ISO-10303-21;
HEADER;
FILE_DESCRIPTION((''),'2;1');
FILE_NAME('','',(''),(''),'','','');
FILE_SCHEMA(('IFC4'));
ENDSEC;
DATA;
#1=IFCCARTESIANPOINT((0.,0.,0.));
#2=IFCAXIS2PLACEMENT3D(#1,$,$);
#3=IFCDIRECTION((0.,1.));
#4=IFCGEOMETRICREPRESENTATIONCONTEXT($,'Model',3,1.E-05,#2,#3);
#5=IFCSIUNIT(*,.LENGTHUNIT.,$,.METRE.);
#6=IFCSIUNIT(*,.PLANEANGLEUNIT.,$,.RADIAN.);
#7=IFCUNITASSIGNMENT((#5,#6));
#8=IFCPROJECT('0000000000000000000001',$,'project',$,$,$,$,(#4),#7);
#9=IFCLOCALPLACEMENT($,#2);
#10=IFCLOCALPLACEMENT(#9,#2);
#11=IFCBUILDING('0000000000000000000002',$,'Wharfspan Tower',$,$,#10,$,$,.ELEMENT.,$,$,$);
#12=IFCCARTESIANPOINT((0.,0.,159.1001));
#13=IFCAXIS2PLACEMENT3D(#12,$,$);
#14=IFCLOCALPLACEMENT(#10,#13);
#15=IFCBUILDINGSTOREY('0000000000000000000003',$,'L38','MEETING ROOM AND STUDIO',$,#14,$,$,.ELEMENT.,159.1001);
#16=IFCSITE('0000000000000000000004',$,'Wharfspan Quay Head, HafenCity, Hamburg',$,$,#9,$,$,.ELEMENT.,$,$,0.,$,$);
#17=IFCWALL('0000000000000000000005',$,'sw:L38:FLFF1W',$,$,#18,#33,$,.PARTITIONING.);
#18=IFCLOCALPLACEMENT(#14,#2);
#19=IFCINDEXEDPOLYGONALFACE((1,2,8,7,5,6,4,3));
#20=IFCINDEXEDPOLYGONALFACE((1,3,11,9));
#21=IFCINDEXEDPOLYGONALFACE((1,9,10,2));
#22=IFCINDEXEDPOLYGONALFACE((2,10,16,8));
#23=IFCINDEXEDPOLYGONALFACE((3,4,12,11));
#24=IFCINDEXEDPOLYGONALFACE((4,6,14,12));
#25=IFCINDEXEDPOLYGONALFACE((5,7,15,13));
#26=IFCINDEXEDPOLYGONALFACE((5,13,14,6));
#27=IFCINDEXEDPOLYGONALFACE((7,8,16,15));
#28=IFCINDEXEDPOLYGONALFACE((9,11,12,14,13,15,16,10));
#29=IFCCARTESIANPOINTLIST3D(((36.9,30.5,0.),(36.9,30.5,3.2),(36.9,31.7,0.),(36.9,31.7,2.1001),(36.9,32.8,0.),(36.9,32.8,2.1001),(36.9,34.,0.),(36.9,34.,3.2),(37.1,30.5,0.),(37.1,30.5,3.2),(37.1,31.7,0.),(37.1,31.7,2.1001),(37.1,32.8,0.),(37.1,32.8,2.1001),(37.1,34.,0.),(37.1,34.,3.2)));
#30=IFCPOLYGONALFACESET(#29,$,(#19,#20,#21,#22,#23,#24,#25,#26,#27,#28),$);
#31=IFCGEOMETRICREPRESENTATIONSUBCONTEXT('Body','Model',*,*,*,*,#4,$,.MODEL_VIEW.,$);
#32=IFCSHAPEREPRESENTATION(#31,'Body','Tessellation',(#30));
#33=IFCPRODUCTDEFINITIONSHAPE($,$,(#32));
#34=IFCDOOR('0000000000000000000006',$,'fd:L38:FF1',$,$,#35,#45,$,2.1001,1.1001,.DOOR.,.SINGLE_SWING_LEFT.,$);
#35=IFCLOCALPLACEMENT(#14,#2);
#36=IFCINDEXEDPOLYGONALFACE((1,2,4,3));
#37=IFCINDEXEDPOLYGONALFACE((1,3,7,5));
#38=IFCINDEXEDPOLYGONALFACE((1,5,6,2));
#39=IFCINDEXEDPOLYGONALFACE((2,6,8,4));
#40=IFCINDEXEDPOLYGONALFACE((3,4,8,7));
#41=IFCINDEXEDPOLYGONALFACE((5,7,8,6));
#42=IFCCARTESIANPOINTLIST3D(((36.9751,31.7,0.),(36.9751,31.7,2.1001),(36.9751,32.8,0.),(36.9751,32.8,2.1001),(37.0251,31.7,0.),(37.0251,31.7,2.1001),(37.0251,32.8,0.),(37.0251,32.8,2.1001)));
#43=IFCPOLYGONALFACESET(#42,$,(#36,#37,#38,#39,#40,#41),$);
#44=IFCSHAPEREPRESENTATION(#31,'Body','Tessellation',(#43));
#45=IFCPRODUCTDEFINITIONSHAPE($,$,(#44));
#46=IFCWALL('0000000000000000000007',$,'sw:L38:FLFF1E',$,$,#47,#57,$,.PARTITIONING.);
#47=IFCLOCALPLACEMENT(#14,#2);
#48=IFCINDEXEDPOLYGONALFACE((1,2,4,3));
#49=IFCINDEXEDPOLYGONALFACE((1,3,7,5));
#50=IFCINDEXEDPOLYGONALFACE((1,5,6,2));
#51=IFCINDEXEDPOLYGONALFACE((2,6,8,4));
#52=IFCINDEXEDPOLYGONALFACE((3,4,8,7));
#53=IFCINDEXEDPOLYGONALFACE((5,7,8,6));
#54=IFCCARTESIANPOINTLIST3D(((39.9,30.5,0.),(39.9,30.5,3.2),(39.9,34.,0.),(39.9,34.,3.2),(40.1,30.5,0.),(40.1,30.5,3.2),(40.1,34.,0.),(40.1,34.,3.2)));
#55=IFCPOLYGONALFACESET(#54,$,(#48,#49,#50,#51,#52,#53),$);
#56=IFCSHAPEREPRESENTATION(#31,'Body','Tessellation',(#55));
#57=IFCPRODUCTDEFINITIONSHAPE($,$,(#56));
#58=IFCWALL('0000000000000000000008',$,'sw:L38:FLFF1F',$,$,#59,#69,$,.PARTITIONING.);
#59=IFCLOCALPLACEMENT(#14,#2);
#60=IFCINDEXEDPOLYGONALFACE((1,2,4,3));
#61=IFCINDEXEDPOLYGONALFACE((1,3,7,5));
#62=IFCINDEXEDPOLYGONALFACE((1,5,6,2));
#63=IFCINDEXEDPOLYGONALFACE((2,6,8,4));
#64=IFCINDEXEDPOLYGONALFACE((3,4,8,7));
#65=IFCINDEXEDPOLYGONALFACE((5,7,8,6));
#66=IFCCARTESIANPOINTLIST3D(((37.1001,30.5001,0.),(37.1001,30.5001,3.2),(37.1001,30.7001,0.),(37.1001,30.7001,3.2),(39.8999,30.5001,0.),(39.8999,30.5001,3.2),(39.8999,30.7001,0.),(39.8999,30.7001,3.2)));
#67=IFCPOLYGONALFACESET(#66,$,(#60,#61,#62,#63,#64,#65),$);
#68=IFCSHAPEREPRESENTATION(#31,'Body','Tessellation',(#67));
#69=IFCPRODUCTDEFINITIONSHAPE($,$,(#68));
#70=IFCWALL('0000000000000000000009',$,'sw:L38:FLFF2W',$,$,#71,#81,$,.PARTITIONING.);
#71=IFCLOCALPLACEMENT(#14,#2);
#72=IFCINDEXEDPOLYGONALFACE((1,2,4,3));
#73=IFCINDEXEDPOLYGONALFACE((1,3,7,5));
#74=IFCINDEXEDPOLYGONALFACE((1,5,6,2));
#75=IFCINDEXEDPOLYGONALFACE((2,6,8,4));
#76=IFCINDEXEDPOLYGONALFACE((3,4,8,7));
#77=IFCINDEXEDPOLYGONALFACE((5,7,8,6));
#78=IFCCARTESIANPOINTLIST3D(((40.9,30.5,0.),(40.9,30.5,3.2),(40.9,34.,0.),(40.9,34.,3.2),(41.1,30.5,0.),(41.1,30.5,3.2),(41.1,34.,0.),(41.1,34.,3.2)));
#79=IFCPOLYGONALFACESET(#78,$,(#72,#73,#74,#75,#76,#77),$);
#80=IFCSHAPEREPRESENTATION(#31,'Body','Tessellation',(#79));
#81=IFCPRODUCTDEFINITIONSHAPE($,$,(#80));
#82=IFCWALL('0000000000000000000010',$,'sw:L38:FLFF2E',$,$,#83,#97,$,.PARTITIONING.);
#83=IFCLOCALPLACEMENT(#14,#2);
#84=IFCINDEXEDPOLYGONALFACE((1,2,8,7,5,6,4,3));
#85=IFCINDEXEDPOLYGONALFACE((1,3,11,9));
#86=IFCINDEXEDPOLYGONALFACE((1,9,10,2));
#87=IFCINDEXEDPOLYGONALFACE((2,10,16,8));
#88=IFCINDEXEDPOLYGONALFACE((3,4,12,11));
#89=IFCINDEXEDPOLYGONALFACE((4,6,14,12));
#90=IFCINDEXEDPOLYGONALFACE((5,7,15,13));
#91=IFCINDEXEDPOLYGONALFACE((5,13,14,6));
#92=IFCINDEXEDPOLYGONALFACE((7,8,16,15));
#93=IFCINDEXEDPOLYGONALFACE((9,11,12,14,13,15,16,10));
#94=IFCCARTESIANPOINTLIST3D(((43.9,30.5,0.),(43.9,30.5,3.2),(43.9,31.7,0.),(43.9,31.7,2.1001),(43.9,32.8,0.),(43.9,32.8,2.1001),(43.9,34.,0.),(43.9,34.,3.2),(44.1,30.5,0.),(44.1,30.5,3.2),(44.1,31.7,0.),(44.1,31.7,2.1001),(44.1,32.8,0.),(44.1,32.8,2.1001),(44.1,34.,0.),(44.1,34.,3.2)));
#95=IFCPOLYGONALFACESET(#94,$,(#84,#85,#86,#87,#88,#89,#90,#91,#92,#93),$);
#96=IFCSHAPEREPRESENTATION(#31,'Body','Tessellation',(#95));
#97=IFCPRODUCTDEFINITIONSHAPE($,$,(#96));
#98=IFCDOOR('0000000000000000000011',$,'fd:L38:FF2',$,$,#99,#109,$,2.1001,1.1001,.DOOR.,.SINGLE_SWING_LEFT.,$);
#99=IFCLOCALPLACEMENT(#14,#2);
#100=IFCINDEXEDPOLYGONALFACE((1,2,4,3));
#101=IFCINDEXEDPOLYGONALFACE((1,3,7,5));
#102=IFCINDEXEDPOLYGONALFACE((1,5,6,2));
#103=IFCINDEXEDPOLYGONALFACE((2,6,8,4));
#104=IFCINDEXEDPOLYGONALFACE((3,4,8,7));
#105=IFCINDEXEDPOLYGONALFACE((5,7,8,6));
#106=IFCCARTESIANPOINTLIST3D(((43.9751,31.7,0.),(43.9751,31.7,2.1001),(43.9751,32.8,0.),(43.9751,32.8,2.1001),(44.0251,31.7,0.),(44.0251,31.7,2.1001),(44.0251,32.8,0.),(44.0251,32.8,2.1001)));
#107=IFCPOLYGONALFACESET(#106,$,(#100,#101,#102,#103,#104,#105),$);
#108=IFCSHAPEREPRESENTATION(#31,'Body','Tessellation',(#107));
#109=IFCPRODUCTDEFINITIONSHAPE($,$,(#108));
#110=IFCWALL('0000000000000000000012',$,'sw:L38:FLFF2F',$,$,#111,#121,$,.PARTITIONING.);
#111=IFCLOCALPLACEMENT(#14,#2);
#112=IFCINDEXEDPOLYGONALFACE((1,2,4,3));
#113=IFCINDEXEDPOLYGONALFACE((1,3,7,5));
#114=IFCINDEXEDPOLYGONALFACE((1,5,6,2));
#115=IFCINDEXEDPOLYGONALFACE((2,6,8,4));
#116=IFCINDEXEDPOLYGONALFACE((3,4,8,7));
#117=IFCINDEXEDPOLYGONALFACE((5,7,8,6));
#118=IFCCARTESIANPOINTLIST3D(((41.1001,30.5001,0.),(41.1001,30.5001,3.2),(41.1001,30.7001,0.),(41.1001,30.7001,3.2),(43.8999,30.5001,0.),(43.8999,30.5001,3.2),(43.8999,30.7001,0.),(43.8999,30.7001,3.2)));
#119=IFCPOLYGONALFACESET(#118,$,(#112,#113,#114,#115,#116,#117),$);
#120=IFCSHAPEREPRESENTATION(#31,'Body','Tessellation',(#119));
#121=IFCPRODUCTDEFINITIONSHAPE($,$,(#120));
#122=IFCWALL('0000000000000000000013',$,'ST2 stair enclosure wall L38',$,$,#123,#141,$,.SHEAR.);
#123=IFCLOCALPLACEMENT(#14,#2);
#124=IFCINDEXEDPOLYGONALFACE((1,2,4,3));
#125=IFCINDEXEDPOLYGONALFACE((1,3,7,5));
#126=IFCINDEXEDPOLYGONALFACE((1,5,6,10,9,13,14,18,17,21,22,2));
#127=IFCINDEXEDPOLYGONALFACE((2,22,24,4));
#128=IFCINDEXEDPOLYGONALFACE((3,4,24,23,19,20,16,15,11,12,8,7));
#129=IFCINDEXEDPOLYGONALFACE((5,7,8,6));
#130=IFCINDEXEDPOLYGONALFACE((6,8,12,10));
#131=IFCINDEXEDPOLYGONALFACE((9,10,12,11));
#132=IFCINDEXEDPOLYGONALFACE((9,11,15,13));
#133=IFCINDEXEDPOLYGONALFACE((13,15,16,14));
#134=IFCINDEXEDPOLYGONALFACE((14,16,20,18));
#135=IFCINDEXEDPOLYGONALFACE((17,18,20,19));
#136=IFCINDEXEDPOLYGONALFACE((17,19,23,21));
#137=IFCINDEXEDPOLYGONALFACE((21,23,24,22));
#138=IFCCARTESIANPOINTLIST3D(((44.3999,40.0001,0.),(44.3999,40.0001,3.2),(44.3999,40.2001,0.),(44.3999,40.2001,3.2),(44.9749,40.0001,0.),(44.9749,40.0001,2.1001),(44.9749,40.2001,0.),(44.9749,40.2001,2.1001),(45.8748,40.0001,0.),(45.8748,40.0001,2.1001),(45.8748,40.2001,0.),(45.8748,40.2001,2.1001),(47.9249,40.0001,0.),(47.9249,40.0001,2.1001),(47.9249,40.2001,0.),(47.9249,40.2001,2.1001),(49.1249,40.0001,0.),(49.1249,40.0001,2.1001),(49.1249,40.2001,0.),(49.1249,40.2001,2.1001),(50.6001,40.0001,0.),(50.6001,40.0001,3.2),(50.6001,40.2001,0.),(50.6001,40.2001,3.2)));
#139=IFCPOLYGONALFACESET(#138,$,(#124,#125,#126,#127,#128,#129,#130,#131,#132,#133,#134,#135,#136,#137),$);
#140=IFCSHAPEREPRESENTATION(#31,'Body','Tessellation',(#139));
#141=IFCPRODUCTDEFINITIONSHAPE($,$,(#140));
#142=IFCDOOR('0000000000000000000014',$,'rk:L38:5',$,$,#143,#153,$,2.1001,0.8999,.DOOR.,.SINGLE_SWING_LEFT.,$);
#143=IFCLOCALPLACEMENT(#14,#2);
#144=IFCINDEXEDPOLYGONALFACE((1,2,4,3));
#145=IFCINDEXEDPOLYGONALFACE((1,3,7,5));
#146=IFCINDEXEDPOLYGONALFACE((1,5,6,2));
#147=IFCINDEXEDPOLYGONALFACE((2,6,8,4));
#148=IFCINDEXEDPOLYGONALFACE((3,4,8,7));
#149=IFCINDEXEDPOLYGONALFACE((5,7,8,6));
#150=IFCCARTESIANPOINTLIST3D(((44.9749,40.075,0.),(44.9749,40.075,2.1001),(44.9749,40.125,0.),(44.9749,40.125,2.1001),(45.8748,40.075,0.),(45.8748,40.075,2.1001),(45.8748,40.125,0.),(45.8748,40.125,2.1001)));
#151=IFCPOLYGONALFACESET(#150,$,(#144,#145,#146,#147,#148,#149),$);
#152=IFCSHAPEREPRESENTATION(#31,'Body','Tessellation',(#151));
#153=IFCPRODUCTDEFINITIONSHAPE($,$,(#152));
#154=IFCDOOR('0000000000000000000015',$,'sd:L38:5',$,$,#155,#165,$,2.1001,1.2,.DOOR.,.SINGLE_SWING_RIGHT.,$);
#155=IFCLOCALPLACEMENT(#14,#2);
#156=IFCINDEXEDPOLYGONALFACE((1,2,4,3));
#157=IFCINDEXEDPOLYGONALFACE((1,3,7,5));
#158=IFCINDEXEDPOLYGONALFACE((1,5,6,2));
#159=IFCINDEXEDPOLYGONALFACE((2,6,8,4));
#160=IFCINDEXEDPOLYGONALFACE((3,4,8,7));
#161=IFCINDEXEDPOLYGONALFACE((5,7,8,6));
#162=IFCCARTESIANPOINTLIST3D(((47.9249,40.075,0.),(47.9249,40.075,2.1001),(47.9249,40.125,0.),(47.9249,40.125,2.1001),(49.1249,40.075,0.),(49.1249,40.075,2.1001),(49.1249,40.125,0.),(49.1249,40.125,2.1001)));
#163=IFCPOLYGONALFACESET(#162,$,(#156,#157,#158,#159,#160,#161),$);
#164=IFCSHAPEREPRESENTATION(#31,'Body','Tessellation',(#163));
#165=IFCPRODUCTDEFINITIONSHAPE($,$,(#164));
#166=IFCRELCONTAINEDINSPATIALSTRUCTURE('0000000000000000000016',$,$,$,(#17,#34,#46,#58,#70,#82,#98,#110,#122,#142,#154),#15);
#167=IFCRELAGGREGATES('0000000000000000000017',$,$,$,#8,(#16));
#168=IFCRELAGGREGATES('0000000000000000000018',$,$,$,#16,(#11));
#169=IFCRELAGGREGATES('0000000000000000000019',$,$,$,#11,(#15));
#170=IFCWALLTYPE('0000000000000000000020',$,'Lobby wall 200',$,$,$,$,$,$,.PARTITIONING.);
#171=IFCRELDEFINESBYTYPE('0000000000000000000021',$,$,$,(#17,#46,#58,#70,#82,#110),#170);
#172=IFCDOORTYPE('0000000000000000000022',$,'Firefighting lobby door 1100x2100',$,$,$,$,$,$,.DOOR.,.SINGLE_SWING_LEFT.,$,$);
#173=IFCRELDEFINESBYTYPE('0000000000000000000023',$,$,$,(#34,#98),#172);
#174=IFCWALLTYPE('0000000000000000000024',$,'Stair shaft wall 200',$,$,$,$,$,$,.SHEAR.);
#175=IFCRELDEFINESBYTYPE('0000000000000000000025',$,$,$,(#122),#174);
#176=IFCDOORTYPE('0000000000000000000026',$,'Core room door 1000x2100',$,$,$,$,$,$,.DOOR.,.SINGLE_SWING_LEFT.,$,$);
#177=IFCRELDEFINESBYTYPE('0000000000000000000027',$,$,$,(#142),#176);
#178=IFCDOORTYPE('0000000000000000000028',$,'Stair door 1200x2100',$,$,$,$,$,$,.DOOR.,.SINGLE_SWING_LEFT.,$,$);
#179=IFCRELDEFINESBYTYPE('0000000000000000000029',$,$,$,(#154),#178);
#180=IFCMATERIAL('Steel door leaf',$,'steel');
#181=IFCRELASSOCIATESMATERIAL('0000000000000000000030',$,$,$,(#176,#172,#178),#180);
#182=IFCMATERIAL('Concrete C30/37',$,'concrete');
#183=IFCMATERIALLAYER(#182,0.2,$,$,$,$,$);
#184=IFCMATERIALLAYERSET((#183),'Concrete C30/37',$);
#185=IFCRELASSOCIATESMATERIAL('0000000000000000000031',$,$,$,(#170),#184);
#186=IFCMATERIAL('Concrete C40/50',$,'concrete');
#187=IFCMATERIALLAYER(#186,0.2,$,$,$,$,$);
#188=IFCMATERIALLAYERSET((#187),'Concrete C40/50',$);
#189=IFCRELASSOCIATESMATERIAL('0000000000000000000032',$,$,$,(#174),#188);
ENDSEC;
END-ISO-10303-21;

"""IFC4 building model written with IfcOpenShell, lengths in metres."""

from ifc_helpers import new_model, si_unit, direction, frame, frame_2d, origin, place, context, subcontext, project, spatial, rectangle, extrude, material, layer, layer_set, type_object, element, fill, save


model = new_model("IFC4")

# Units and contexts
model_context = context("Model", 3, precision=1e-05, world=origin(), true_north=direction((0.0, 1.0)))
body_context = subcontext(model_context, "Body", "Model", "MODEL_VIEW")
ifc_project = project(units=[si_unit("LENGTHUNIT", "METRE"), si_unit("PLANEANGLEUNIT", "RADIAN")], contexts=[model_context])

# Site, building, storey
site_placement = place(None, origin())
site = spatial("IfcSite", under=ifc_project, at=site_placement, Name="Wharfspan Quay Head, HafenCity, Hamburg", CompositionType="ELEMENT", RefElevation=0.0)
building_placement = place(site_placement, origin())
building = spatial("IfcBuilding", under=site, at=building_placement, Name="Wharfspan Tower", CompositionType="ELEMENT")
storey_placement = place(building_placement, frame((0.0, 0.0, 159.1001)))
storey = spatial("IfcBuildingStorey", under=building, at=storey_placement, Name="L38", Description="MEETING ROOM AND STUDIO", CompositionType="ELEMENT", Elevation=159.1001)

# Shared definitions
ifc_material_1 = material(Name="Steel door leaf", Category="steel")
door_type_1 = type_object("IfcDoorType", Name="Core room door 1000x2100", OperationType="SINGLE_SWING_LEFT", PredefinedType="DOOR", material=ifc_material_1)

# Wall, opening, door
ifc_material_2 = material(Name="Concrete C30/37", Category="concrete")
ifc_layer_1 = layer(ifc_material_2, 0.2)
ifc_layer_set_1 = layer_set([ifc_layer_1], Name="Concrete C30/37")
wall_type_1 = type_object("IfcWallType", Name="Lobby wall 200", PredefinedType="PARTITIONING", material=ifc_layer_set_1)
wall_1_placement = place(storey_placement, frame((37.0, 30.5, 0.0), z_axis=(0.0, 0.0, 1.0), x_axis=(0.0, 1.0, 0.0)))
wall_1 = element("IfcWall", 1, at=wall_1_placement, inside=storey, type_object=wall_type_1, Name="sw:L38:FLFF1W", PredefinedType="PARTITIONING", context=body_context, shape_type="SweptSolid", body=[
    extrude(rectangle(XDim=3.5, YDim=0.2, at=frame_2d((1.75, 0.0))), origin(), (0.0, 0.0, 1.0), 3.2),
])
opening_1_placement = place(wall_1_placement, frame((1.2, 0.0, 0.0)))
opening_1 = element("IfcOpeningElement", 2, at=opening_1_placement, cuts=wall_1, PredefinedType="OPENING", context=body_context, shape_type="SweptSolid", body=[
    extrude(rectangle(XDim=1.1001, YDim=2.1001, at=frame_2d((0.55, 1.05))), frame((0.0, 0.1099, 0.0), z_axis=(0.0, -1.0, 0.0), x_axis=(1.0, 0.0, 0.0)), (0.0, 0.0, 1.0), 0.22),
])
door_type_2 = type_object("IfcDoorType", Name="Firefighting lobby door 1100x2100", OperationType="SINGLE_SWING_LEFT", PredefinedType="DOOR", material=ifc_material_1)
door_1_placement = place(opening_1_placement, origin())
door_1 = element("IfcDoor", 3, at=door_1_placement, inside=storey, type_object=door_type_2, Name="fd:L38:FF1", OperationType="SINGLE_SWING_LEFT", OverallHeight=2.1001, OverallWidth=1.1001, PredefinedType="DOOR", context=body_context, shape_type="SweptSolid", body=[
    extrude(rectangle(XDim=1.1001, YDim=2.1001, at=frame_2d((0.55, 1.05))), frame((0.0, 0.0249, 0.0), z_axis=(0.0, -1.0, 0.0), x_axis=(1.0, 0.0, 0.0)), (0.0, 0.0, 1.0), 0.05),
])
fill(opening_1, door_1)

# Walls
wall_2_placement = place(storey_placement, frame((40.0, 30.5, 0.0), z_axis=(0.0, 0.0, 1.0), x_axis=(0.0, 1.0, 0.0)))
element("IfcWall", 4, at=wall_2_placement, inside=storey, type_object=wall_type_1, Name="sw:L38:FLFF1E", PredefinedType="PARTITIONING", context=body_context, shape_type="SweptSolid", body=[
    extrude(rectangle(XDim=3.5, YDim=0.2, at=frame_2d((1.75, 0.0))), origin(), (0.0, 0.0, 1.0), 3.2),
])
wall_3_placement = place(storey_placement, frame((37.1001, 30.6001, 0.0), z_axis=(0.0, 0.0, 1.0), x_axis=(1.0, 0.0, 0.0)))
element("IfcWall", 5, at=wall_3_placement, inside=storey, type_object=wall_type_1, Name="sw:L38:FLFF1F", PredefinedType="PARTITIONING", context=body_context, shape_type="SweptSolid", body=[
    extrude(rectangle(XDim=2.7998, YDim=0.2, at=frame_2d((1.3999, 0.0))), origin(), (0.0, 0.0, 1.0), 3.2),
])
wall_4_placement = place(storey_placement, frame((41.0, 30.5, 0.0), z_axis=(0.0, 0.0, 1.0), x_axis=(0.0, 1.0, 0.0)))
element("IfcWall", 6, at=wall_4_placement, inside=storey, type_object=wall_type_1, Name="sw:L38:FLFF2W", PredefinedType="PARTITIONING", context=body_context, shape_type="SweptSolid", body=[
    extrude(rectangle(XDim=3.5, YDim=0.2, at=frame_2d((1.75, 0.0))), origin(), (0.0, 0.0, 1.0), 3.2),
])

# Wall, opening, door
wall_5_placement = place(storey_placement, frame((44.0, 30.5, 0.0), z_axis=(0.0, 0.0, 1.0), x_axis=(0.0, 1.0, 0.0)))
wall_5 = element("IfcWall", 7, at=wall_5_placement, inside=storey, type_object=wall_type_1, Name="sw:L38:FLFF2E", PredefinedType="PARTITIONING", context=body_context, shape_type="SweptSolid", body=[
    extrude(rectangle(XDim=3.5, YDim=0.2, at=frame_2d((1.75, 0.0))), origin(), (0.0, 0.0, 1.0), 3.2),
])
opening_2_placement = place(wall_5_placement, frame((1.2, 0.0, 0.0)))
opening_2 = element("IfcOpeningElement", 8, at=opening_2_placement, cuts=wall_5, PredefinedType="OPENING", context=body_context, shape_type="SweptSolid", body=[
    extrude(rectangle(XDim=1.1001, YDim=2.1001, at=frame_2d((0.55, 1.05))), frame((0.0, 0.1099, 0.0), z_axis=(0.0, -1.0, 0.0), x_axis=(1.0, 0.0, 0.0)), (0.0, 0.0, 1.0), 0.22),
])
door_2_placement = place(opening_2_placement, origin())
door_2 = element("IfcDoor", 9, at=door_2_placement, inside=storey, type_object=door_type_2, Name="fd:L38:FF2", OperationType="SINGLE_SWING_LEFT", OverallHeight=2.1001, OverallWidth=1.1001, PredefinedType="DOOR", context=body_context, shape_type="SweptSolid", body=[
    extrude(rectangle(XDim=1.1001, YDim=2.1001, at=frame_2d((0.55, 1.05))), frame((0.0, 0.0249, 0.0), z_axis=(0.0, -1.0, 0.0), x_axis=(1.0, 0.0, 0.0)), (0.0, 0.0, 1.0), 0.05),
])
fill(opening_2, door_2)

# Wall
wall_6_placement = place(storey_placement, frame((41.1001, 30.6001, 0.0), z_axis=(0.0, 0.0, 1.0), x_axis=(1.0, 0.0, 0.0)))
element("IfcWall", 10, at=wall_6_placement, inside=storey, type_object=wall_type_1, Name="sw:L38:FLFF2F", PredefinedType="PARTITIONING", context=body_context, shape_type="SweptSolid", body=[
    extrude(rectangle(XDim=2.7998, YDim=0.2, at=frame_2d((1.3999, 0.0))), origin(), (0.0, 0.0, 1.0), 3.2),
])

# Wall, openings, doors
ifc_material_3 = material(Name="Concrete C40/50", Category="concrete")
ifc_layer_2 = layer(ifc_material_3, 0.2)
ifc_layer_set_2 = layer_set([ifc_layer_2], Name="Concrete C40/50")
wall_type_2 = type_object("IfcWallType", Name="Stair shaft wall 200", PredefinedType="SHEAR", material=ifc_layer_set_2)
wall_7_placement = place(storey_placement, frame((44.3999, 40.1001, 0.0), z_axis=(0.0, 0.0, 1.0), x_axis=(1.0, 0.0, 0.0)))
wall_7 = element("IfcWall", 11, at=wall_7_placement, inside=storey, type_object=wall_type_2, Name="ST2 stair enclosure wall L38", PredefinedType="SHEAR", context=body_context, shape_type="SweptSolid", body=[
    extrude(rectangle(XDim=6.2002, YDim=0.2, at=frame_2d((3.1001, 0.0))), origin(), (0.0, 0.0, 1.0), 3.2),
])
opening_3_placement = place(wall_7_placement, frame((3.5249, 0.0, 0.0)))
opening_3 = element("IfcOpeningElement", 12, at=opening_3_placement, cuts=wall_7, PredefinedType="OPENING", context=body_context, shape_type="SweptSolid", body=[
    extrude(rectangle(XDim=1.2, YDim=2.1001, at=frame_2d((0.6001, 1.05))), frame((0.0, 0.1099, 0.0), z_axis=(0.0, -1.0, 0.0), x_axis=(1.0, 0.0, 0.0)), (0.0, 0.0, 1.0), 0.22),
])
opening_4_placement = place(wall_7_placement, frame((0.575, 0.0, 0.0)))
opening_4 = element("IfcOpeningElement", 13, at=opening_4_placement, cuts=wall_7, PredefinedType="OPENING", context=body_context, shape_type="SweptSolid", body=[
    extrude(rectangle(XDim=0.8999, YDim=2.1001, at=frame_2d((0.45, 1.05))), frame((0.0, 0.1099, 0.0), z_axis=(0.0, -1.0, 0.0), x_axis=(1.0, 0.0, 0.0)), (0.0, 0.0, 1.0), 0.22),
])
door_3_placement = place(opening_4_placement, origin())
door_3 = element("IfcDoor", 14, at=door_3_placement, inside=storey, type_object=door_type_1, Name="rk:L38:5", OperationType="SINGLE_SWING_LEFT", OverallHeight=2.1001, OverallWidth=0.8999, PredefinedType="DOOR", context=body_context, shape_type="SweptSolid", body=[
    extrude(rectangle(XDim=0.8999, YDim=2.1001, at=frame_2d((0.45, 1.05))), frame((0.0, 0.0249, 0.0), z_axis=(0.0, -1.0, 0.0), x_axis=(1.0, 0.0, 0.0)), (0.0, 0.0, 1.0), 0.05),
])
fill(opening_4, door_3)
door_type_3 = type_object("IfcDoorType", Name="Stair door 1200x2100", OperationType="SINGLE_SWING_LEFT", PredefinedType="DOOR", material=ifc_material_1)
door_4_placement = place(opening_3_placement, origin())
door_4 = element("IfcDoor", 15, at=door_4_placement, inside=storey, type_object=door_type_3, Name="sd:L38:5", OperationType="SINGLE_SWING_RIGHT", OverallHeight=2.1001, OverallWidth=1.2, PredefinedType="DOOR", context=body_context, shape_type="SweptSolid", body=[
    extrude(rectangle(XDim=1.2, YDim=2.1001, at=frame_2d((0.6001, 1.05))), frame((0.0, 0.0249, 0.0), z_axis=(0.0, -1.0, 0.0), x_axis=(1.0, 0.0, 0.0)), (0.0, 0.0, 1.0), 0.05),
])
fill(opening_3, door_4)

save(model, "model.ifc")
